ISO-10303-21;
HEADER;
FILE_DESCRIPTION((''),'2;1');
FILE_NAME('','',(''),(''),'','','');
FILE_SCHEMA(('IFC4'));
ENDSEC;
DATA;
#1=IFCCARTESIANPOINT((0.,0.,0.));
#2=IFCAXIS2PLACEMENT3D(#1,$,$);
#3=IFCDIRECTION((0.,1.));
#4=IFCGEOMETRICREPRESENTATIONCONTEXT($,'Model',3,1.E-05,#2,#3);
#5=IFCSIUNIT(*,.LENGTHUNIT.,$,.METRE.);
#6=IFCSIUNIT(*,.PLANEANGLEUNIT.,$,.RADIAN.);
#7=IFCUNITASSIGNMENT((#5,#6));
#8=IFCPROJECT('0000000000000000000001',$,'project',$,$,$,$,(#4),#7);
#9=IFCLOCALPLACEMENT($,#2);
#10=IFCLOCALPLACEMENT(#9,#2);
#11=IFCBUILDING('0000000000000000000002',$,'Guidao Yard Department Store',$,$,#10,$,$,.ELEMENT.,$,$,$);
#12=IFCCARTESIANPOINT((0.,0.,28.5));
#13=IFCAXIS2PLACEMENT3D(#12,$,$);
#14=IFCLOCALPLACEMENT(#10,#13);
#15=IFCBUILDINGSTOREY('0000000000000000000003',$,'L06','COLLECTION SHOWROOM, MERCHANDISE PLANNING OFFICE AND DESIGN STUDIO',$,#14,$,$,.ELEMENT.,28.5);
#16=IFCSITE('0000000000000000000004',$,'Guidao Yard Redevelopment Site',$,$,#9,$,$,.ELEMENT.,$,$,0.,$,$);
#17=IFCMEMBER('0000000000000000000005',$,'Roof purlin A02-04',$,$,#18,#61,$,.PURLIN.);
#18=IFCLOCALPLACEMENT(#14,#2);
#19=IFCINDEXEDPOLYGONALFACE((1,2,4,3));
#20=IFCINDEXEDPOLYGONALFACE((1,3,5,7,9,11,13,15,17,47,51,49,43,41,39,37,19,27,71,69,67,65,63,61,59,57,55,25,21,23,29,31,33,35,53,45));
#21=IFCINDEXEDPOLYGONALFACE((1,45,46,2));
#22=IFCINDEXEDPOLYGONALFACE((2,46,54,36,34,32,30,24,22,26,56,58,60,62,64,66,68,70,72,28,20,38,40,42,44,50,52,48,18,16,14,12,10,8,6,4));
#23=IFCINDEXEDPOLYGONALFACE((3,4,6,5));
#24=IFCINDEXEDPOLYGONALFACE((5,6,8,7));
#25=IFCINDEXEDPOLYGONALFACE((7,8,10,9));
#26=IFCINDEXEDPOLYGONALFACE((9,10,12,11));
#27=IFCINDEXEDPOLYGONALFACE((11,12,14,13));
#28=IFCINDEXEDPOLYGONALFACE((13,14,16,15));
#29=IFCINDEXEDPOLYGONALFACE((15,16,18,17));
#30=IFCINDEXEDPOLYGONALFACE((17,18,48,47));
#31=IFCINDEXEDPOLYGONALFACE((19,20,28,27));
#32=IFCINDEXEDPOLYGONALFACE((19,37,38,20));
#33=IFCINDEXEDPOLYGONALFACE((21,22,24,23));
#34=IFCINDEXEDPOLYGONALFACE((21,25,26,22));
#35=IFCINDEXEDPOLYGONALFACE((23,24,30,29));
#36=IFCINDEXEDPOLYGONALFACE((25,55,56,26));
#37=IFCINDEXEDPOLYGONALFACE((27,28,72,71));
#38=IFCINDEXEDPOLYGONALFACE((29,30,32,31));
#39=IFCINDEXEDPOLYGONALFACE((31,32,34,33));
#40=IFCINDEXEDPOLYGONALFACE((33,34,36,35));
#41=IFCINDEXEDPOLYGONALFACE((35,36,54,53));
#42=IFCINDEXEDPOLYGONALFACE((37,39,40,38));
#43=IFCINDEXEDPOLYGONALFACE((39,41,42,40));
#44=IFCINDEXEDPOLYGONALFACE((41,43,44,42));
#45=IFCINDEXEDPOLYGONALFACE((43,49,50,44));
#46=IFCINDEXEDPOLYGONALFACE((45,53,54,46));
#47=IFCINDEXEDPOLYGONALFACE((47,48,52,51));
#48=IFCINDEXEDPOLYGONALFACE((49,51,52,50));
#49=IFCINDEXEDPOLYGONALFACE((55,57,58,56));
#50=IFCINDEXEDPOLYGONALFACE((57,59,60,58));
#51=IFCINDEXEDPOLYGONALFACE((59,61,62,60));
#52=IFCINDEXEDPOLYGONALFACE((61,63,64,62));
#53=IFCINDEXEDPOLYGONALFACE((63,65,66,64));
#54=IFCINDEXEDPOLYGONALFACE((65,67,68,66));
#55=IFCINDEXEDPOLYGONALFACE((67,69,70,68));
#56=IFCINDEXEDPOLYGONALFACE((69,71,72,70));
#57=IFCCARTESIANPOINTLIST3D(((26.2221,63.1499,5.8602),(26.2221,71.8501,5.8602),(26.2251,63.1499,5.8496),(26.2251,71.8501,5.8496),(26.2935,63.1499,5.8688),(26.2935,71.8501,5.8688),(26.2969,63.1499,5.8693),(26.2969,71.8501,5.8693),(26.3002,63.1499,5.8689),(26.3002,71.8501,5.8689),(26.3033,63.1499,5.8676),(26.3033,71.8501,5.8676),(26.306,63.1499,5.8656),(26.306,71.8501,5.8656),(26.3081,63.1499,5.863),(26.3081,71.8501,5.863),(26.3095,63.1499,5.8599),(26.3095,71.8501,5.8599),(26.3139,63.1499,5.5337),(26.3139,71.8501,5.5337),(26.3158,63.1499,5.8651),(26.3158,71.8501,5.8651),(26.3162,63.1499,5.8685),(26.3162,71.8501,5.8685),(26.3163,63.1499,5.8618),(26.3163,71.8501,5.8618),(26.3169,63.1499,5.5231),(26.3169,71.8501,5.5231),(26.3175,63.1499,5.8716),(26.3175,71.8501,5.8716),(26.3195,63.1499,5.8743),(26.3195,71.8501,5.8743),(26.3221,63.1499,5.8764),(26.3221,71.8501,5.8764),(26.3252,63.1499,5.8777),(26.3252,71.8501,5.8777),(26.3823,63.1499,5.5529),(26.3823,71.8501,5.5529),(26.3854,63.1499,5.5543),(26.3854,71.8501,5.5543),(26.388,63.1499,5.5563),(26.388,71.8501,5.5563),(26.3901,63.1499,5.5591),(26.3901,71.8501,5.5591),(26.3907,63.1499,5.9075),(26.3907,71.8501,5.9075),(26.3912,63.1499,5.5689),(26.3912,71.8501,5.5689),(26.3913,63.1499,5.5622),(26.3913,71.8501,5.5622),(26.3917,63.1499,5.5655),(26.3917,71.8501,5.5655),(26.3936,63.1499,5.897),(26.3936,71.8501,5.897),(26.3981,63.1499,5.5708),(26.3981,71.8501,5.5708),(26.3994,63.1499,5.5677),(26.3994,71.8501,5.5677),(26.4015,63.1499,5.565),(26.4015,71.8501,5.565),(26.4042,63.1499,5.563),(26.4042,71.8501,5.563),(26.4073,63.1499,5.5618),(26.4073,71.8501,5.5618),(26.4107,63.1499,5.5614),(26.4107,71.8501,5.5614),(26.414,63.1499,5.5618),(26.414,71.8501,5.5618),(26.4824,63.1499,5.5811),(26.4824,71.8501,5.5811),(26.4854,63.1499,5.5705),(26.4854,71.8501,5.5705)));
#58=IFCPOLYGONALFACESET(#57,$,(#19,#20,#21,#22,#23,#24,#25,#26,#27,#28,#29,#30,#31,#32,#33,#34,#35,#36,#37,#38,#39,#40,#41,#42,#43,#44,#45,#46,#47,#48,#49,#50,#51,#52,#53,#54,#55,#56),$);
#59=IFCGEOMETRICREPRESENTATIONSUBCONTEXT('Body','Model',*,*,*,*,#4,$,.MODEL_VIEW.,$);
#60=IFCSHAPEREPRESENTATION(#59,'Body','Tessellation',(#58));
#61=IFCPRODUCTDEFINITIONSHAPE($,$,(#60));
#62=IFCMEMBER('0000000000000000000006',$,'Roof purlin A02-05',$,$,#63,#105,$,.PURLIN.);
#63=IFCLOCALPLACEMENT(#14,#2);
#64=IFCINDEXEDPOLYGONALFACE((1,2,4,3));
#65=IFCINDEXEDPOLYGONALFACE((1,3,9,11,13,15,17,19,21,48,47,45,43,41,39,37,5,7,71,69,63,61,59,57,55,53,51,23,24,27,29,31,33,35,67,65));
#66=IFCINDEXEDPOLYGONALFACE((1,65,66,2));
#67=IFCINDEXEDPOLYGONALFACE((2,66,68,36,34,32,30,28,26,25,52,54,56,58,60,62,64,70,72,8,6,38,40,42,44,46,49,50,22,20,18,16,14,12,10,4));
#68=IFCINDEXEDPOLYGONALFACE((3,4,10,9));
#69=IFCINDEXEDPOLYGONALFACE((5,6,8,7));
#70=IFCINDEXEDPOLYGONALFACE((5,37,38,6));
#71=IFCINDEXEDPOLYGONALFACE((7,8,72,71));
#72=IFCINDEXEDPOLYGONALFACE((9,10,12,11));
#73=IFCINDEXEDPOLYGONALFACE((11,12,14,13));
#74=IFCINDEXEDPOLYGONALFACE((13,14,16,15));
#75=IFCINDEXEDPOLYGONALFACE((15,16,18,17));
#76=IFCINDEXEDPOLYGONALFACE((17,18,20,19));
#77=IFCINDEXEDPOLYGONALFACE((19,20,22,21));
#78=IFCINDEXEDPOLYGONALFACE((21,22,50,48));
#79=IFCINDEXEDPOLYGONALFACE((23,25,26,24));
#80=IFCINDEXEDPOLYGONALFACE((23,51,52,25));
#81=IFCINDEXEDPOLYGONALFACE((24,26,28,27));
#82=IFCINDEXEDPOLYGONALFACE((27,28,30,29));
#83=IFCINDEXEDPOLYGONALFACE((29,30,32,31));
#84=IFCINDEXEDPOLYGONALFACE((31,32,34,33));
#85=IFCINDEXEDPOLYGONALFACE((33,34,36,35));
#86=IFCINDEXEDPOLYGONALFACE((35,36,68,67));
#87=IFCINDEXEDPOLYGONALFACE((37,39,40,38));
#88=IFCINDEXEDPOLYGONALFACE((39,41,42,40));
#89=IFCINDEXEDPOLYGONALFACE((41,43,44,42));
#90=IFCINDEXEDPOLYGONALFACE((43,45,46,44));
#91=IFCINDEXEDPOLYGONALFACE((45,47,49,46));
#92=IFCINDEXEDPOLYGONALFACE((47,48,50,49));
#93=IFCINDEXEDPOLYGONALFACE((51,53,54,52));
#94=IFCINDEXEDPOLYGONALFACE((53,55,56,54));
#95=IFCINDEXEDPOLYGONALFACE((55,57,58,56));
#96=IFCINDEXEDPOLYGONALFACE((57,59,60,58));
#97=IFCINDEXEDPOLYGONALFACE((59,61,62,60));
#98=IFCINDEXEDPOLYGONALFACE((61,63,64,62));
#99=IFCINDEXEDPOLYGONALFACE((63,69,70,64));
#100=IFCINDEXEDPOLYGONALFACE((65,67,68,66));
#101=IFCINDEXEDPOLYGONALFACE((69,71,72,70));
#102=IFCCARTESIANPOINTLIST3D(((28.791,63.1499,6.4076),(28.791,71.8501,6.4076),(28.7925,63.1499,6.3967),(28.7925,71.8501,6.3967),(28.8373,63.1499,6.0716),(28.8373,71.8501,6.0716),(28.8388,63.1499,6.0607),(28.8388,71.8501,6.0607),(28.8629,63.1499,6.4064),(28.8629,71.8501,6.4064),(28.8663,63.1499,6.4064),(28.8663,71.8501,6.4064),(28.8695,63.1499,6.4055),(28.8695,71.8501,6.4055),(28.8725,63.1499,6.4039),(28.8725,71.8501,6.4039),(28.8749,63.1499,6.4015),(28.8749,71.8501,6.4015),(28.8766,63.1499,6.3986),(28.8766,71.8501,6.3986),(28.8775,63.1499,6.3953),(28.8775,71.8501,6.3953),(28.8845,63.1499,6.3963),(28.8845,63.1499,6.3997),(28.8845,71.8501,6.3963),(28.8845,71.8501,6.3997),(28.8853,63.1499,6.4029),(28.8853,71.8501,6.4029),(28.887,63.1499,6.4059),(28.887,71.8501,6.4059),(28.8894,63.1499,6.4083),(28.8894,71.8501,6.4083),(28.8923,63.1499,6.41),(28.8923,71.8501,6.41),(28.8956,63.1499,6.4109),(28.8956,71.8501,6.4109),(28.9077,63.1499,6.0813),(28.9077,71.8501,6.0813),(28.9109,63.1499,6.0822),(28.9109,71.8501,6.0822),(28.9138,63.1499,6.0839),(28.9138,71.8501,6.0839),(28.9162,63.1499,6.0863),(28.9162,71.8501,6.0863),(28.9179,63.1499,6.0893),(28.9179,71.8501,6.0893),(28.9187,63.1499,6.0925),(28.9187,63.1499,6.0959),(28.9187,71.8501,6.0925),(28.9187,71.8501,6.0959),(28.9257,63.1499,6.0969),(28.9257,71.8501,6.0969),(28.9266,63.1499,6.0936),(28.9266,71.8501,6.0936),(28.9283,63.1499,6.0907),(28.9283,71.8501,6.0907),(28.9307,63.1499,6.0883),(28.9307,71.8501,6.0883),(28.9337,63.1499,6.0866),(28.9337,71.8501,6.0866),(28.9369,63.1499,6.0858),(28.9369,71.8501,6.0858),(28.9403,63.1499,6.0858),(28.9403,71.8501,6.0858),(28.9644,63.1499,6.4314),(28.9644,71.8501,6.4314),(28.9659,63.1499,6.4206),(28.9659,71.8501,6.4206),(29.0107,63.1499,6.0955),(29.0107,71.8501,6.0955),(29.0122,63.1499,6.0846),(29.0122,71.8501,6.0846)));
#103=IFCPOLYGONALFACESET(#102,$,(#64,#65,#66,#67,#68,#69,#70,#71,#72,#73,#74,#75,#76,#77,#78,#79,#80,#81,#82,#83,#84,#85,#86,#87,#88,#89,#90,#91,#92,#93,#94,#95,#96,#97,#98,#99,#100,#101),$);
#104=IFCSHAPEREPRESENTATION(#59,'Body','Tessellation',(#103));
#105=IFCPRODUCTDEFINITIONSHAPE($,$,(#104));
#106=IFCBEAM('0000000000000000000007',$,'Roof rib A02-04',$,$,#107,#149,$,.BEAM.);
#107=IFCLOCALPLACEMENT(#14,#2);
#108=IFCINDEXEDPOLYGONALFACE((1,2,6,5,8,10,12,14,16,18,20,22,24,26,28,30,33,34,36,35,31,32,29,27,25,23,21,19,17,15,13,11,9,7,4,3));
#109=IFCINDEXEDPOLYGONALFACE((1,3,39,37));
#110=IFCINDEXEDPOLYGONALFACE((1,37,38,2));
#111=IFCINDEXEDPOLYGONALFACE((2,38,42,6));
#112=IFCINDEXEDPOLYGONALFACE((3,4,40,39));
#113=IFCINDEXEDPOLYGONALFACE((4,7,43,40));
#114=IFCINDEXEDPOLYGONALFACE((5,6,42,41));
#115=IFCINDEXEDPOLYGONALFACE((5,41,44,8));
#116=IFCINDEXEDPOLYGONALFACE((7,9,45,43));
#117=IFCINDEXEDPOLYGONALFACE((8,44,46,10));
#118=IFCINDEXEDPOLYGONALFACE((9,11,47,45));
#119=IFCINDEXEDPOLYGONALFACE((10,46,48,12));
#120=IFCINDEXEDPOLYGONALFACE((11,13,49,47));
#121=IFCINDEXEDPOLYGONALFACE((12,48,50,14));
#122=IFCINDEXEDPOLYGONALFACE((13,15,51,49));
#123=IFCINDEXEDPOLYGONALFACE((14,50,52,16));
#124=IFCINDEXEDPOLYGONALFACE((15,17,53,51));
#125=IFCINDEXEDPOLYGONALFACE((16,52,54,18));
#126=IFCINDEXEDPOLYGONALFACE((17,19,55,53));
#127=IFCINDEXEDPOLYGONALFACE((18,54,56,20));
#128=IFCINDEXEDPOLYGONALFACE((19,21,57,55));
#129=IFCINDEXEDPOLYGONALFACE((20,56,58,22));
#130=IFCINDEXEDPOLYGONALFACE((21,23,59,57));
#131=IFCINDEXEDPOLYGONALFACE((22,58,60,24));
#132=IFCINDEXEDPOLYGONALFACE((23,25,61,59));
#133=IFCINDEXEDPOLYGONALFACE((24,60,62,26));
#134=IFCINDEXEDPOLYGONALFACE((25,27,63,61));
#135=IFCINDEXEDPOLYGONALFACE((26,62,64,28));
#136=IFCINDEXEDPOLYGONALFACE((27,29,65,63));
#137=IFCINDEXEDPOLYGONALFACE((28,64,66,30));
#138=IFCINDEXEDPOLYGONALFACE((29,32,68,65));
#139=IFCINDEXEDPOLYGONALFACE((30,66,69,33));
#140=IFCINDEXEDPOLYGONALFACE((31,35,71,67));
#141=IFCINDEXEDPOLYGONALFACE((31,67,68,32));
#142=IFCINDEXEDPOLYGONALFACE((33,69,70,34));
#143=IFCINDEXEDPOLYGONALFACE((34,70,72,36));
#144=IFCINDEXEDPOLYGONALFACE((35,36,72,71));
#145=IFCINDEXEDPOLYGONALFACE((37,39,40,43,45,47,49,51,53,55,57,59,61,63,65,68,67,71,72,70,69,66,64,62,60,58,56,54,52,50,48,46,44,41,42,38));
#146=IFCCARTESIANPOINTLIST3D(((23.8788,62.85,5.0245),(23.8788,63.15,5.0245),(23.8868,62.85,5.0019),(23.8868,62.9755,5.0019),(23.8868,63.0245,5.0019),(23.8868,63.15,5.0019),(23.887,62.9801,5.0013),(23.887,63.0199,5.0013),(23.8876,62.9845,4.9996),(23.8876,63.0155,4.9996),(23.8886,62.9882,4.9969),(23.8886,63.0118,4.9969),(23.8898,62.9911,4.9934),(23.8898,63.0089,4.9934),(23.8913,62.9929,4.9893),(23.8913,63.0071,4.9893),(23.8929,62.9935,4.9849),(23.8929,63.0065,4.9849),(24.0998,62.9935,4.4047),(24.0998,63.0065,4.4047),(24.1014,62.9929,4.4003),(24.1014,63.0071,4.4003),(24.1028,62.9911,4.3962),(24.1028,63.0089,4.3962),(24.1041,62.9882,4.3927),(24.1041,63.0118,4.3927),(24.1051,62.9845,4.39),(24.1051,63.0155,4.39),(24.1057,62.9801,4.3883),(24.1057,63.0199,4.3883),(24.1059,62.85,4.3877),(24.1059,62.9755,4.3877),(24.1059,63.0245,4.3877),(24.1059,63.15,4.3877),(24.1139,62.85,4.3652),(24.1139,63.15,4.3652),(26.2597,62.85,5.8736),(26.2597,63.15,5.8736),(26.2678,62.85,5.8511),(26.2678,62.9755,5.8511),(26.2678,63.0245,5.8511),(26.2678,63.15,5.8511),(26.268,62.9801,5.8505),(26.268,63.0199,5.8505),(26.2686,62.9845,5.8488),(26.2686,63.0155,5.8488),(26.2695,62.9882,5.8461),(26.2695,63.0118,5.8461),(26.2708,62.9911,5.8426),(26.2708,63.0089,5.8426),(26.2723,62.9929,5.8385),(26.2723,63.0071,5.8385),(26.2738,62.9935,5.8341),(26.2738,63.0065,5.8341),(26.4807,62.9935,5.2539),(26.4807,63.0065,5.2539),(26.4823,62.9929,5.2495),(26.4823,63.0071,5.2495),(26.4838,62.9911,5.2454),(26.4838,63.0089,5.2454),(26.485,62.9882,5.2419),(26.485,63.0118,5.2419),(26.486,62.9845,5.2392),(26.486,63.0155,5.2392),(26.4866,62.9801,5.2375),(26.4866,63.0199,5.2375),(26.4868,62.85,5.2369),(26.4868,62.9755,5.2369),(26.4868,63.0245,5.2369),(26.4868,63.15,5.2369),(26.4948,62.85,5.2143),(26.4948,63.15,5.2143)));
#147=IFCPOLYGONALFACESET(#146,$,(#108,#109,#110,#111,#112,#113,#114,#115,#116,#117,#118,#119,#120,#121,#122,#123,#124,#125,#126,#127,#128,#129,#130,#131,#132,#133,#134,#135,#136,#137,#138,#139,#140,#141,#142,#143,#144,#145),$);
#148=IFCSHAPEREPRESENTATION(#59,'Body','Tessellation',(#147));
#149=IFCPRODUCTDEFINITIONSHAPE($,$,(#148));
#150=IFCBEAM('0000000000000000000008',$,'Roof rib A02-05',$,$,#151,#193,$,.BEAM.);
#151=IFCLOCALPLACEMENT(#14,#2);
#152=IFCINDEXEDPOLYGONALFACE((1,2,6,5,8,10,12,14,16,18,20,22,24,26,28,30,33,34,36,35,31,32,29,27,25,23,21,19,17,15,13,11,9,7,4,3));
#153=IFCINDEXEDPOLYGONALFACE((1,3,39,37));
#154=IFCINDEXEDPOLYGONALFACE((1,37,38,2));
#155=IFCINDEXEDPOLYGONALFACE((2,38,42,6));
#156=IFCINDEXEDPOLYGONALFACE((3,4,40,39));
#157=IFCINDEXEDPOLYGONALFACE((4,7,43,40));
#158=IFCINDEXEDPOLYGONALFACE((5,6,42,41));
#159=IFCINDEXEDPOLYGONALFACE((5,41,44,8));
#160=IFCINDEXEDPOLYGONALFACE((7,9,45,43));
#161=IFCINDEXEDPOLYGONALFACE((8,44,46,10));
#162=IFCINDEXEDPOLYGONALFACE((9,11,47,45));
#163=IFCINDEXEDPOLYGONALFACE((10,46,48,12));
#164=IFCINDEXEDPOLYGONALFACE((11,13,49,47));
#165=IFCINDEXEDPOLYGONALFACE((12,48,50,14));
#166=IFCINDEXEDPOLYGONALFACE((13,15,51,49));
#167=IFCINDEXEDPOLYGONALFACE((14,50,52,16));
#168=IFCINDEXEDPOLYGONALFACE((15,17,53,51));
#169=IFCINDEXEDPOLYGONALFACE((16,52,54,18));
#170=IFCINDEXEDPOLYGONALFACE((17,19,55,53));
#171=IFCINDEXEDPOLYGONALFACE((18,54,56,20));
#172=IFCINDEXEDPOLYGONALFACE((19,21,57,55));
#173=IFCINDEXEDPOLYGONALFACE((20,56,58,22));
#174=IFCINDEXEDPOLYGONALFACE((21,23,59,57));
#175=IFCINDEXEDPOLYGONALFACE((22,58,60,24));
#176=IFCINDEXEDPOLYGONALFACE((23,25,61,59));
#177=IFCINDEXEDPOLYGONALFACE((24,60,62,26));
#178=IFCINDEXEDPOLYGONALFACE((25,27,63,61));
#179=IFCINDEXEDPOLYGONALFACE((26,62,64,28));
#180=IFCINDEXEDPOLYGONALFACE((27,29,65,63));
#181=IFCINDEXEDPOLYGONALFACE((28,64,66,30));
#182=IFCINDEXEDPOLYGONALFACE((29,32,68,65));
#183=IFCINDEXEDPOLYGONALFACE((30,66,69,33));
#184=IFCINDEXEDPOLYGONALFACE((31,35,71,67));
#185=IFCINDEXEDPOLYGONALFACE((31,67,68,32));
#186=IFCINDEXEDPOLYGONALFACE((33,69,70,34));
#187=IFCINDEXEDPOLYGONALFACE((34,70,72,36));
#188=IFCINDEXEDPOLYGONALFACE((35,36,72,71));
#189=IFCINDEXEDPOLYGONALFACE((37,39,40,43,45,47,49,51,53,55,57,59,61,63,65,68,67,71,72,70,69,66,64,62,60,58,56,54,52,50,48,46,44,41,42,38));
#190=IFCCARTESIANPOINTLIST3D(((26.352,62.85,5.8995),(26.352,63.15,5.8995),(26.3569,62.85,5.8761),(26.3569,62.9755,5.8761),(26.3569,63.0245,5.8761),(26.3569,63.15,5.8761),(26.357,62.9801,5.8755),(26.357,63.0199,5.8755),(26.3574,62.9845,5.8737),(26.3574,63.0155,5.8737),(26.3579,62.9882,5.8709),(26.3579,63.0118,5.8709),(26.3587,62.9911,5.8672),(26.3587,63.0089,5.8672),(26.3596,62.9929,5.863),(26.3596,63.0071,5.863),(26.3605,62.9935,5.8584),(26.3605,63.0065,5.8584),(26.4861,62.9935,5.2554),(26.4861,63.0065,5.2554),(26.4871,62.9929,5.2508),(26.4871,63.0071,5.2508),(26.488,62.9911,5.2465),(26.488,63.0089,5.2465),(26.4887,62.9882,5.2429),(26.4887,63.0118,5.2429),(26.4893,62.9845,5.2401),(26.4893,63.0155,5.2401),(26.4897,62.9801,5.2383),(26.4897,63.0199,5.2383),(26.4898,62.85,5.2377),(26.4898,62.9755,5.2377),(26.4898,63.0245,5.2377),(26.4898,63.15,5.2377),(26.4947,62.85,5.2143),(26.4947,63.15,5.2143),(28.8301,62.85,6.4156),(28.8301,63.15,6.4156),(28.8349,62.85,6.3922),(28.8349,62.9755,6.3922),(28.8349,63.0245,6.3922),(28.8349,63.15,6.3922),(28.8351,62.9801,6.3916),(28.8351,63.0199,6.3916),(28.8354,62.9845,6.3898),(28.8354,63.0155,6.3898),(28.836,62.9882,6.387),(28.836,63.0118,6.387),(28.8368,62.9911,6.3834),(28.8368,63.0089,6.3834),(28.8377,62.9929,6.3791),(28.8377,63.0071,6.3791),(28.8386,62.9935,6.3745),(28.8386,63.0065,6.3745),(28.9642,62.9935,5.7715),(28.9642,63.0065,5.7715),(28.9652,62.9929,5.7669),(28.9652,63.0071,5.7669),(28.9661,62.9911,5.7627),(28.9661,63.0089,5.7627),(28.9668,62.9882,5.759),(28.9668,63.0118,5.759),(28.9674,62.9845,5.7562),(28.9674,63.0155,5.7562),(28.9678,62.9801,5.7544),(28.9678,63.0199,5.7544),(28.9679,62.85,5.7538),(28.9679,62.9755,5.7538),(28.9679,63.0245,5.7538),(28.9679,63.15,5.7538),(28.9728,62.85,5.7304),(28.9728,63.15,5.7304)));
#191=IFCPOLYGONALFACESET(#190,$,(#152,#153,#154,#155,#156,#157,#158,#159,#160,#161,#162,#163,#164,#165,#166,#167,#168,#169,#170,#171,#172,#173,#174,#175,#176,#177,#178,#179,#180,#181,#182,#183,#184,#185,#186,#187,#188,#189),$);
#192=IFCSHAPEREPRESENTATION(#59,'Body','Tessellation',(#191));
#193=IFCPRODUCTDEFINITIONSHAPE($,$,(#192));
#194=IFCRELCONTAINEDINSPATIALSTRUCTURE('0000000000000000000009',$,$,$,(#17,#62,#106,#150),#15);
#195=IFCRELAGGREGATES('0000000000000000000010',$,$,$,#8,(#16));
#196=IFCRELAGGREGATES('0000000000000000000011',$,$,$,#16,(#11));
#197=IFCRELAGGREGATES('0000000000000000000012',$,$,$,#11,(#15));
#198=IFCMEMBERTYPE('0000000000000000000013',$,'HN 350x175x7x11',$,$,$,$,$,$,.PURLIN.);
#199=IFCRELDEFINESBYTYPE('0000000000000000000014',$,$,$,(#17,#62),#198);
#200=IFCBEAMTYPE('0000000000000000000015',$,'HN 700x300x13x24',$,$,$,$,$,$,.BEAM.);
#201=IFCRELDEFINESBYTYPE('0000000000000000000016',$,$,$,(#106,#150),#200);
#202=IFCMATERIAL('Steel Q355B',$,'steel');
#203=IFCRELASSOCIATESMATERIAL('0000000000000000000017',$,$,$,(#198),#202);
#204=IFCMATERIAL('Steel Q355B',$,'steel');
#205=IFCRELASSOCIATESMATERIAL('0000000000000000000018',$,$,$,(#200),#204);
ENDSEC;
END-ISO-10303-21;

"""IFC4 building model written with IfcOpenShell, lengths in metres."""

from ifc_helpers import new_model, si_unit, direction, frame, origin, origin_2d, place, context, subcontext, project, spatial, i_section, extrude, material, material_profile, profile_set, type_object, element, save


model = new_model("IFC4")

# Units and contexts
model_context = context("Model", 3, precision=1e-05, world=origin(), true_north=direction((0.0, 1.0)))
body_context = subcontext(model_context, "Body", "Model", "MODEL_VIEW")
ifc_project = project(units=[si_unit("LENGTHUNIT", "METRE"), si_unit("PLANEANGLEUNIT", "RADIAN")], contexts=[model_context])

# Site, building, storey
site_placement = place(None, origin())
site = spatial("IfcSite", under=ifc_project, at=site_placement, Name="Guidao Yard Redevelopment Site", CompositionType="ELEMENT", RefElevation=0.0)
building_placement = place(site_placement, origin())
building = spatial("IfcBuilding", under=site, at=building_placement, Name="Guidao Yard Department Store", CompositionType="ELEMENT")
storey_placement = place(building_placement, frame((0.0, 0.0, 28.5)))
storey = spatial("IfcBuildingStorey", under=building, at=storey_placement, Name="L06", Description="COLLECTION SHOWROOM, MERCHANDISE PLANNING OFFICE AND DESIGN STUDIO", CompositionType="ELEMENT", Elevation=28.5)

# Members
ifc_material_1 = material(Name="Steel Q355B", Category="steel")
ifc_material_profile_1 = material_profile(ifc_material_1, i_section(OverallWidth=0.175, OverallDepth=0.3501, WebThickness=0.0071, FlangeThickness=0.011, FilletRadius=0.0129, at=origin_2d()), Name="HN 350x175x7x11")
ifc_profile_set_1 = profile_set([ifc_material_profile_1], Name="Steel Q355B")
member_type_1 = type_object("IfcMemberType", Name="HN 350x175x7x11", PredefinedType="PURLIN", material=ifc_profile_set_1)
for number, where, z_axis, x_axis, name in (
    (1, (26.3538, 63.1499, 5.7153), (0.0, 1.0, 0.0), (-0.962712, 0.0, -0.270529), "Roof purlin A02-04"),
    (2, (28.9016, 63.1499, 6.2461), (0.0, 1.0, 0.0), (-0.990647, 0.0, -0.136449), "Roof purlin A02-05"),
):
    element("IfcMember", number, at=place(storey_placement, frame(where, z_axis=z_axis, x_axis=x_axis)), inside=storey, type_object=member_type_1, Name=name, PredefinedType="PURLIN", context=body_context, shape_type="SweptSolid", body=[
        extrude(i_section(OverallWidth=0.175, OverallDepth=0.3501, WebThickness=0.0071, FlangeThickness=0.011, FilletRadius=0.0129, at=origin_2d()), origin(), (0.0, 0.0, 1.0), 8.7002),
    ])

# Beams
ifc_material_2 = material(Name="Steel Q355B", Category="steel")
ifc_material_profile_2 = material_profile(ifc_material_2, i_section(OverallWidth=0.3, OverallDepth=0.7, WebThickness=0.0129, FlangeThickness=0.0239, FilletRadius=0.0181, at=origin_2d()), Name="HN 700x300x13x24")
ifc_profile_set_2 = profile_set([ifc_material_profile_2], Name="Steel Q355B")
beam_type = type_object("IfcBeamType", Name="HN 700x300x13x24", PredefinedType="BEAM", material=ifc_profile_set_2)
beam_1_placement = place(storey_placement, frame((23.9963, 63.0, 4.6948), z_axis=(0.94189, 0.0, 0.33592), x_axis=(0.0, 1.0, 0.0)))
element("IfcBeam", 3, at=beam_1_placement, inside=storey, type_object=beam_type, Name="Roof rib A02-04", PredefinedType="BEAM", context=body_context, shape_type="SweptSolid", body=[
    extrude(i_section(OverallWidth=0.3, OverallDepth=0.7, WebThickness=0.0129, FlangeThickness=0.0239, FilletRadius=0.0181, at=origin_2d()), origin(), (0.0, 0.0, 1.0), 2.5278),
])
beam_2_placement = place(storey_placement, frame((26.4233, 63.0, 5.5569), z_axis=(0.978992, 0.0, 0.2039), x_axis=(0.0, 1.0, 0.0)))
element("IfcBeam", 4, at=beam_2_placement, inside=storey, type_object=beam_type, Name="Roof rib A02-05", PredefinedType="BEAM", context=body_context, shape_type="SweptSolid", body=[
    extrude(i_section(OverallWidth=0.3, OverallDepth=0.7, WebThickness=0.0129, FlangeThickness=0.0239, FilletRadius=0.0181, at=origin_2d()), origin(), (0.0, 0.0, 1.0), 2.5312),
])

save(model, "model.ifc")
